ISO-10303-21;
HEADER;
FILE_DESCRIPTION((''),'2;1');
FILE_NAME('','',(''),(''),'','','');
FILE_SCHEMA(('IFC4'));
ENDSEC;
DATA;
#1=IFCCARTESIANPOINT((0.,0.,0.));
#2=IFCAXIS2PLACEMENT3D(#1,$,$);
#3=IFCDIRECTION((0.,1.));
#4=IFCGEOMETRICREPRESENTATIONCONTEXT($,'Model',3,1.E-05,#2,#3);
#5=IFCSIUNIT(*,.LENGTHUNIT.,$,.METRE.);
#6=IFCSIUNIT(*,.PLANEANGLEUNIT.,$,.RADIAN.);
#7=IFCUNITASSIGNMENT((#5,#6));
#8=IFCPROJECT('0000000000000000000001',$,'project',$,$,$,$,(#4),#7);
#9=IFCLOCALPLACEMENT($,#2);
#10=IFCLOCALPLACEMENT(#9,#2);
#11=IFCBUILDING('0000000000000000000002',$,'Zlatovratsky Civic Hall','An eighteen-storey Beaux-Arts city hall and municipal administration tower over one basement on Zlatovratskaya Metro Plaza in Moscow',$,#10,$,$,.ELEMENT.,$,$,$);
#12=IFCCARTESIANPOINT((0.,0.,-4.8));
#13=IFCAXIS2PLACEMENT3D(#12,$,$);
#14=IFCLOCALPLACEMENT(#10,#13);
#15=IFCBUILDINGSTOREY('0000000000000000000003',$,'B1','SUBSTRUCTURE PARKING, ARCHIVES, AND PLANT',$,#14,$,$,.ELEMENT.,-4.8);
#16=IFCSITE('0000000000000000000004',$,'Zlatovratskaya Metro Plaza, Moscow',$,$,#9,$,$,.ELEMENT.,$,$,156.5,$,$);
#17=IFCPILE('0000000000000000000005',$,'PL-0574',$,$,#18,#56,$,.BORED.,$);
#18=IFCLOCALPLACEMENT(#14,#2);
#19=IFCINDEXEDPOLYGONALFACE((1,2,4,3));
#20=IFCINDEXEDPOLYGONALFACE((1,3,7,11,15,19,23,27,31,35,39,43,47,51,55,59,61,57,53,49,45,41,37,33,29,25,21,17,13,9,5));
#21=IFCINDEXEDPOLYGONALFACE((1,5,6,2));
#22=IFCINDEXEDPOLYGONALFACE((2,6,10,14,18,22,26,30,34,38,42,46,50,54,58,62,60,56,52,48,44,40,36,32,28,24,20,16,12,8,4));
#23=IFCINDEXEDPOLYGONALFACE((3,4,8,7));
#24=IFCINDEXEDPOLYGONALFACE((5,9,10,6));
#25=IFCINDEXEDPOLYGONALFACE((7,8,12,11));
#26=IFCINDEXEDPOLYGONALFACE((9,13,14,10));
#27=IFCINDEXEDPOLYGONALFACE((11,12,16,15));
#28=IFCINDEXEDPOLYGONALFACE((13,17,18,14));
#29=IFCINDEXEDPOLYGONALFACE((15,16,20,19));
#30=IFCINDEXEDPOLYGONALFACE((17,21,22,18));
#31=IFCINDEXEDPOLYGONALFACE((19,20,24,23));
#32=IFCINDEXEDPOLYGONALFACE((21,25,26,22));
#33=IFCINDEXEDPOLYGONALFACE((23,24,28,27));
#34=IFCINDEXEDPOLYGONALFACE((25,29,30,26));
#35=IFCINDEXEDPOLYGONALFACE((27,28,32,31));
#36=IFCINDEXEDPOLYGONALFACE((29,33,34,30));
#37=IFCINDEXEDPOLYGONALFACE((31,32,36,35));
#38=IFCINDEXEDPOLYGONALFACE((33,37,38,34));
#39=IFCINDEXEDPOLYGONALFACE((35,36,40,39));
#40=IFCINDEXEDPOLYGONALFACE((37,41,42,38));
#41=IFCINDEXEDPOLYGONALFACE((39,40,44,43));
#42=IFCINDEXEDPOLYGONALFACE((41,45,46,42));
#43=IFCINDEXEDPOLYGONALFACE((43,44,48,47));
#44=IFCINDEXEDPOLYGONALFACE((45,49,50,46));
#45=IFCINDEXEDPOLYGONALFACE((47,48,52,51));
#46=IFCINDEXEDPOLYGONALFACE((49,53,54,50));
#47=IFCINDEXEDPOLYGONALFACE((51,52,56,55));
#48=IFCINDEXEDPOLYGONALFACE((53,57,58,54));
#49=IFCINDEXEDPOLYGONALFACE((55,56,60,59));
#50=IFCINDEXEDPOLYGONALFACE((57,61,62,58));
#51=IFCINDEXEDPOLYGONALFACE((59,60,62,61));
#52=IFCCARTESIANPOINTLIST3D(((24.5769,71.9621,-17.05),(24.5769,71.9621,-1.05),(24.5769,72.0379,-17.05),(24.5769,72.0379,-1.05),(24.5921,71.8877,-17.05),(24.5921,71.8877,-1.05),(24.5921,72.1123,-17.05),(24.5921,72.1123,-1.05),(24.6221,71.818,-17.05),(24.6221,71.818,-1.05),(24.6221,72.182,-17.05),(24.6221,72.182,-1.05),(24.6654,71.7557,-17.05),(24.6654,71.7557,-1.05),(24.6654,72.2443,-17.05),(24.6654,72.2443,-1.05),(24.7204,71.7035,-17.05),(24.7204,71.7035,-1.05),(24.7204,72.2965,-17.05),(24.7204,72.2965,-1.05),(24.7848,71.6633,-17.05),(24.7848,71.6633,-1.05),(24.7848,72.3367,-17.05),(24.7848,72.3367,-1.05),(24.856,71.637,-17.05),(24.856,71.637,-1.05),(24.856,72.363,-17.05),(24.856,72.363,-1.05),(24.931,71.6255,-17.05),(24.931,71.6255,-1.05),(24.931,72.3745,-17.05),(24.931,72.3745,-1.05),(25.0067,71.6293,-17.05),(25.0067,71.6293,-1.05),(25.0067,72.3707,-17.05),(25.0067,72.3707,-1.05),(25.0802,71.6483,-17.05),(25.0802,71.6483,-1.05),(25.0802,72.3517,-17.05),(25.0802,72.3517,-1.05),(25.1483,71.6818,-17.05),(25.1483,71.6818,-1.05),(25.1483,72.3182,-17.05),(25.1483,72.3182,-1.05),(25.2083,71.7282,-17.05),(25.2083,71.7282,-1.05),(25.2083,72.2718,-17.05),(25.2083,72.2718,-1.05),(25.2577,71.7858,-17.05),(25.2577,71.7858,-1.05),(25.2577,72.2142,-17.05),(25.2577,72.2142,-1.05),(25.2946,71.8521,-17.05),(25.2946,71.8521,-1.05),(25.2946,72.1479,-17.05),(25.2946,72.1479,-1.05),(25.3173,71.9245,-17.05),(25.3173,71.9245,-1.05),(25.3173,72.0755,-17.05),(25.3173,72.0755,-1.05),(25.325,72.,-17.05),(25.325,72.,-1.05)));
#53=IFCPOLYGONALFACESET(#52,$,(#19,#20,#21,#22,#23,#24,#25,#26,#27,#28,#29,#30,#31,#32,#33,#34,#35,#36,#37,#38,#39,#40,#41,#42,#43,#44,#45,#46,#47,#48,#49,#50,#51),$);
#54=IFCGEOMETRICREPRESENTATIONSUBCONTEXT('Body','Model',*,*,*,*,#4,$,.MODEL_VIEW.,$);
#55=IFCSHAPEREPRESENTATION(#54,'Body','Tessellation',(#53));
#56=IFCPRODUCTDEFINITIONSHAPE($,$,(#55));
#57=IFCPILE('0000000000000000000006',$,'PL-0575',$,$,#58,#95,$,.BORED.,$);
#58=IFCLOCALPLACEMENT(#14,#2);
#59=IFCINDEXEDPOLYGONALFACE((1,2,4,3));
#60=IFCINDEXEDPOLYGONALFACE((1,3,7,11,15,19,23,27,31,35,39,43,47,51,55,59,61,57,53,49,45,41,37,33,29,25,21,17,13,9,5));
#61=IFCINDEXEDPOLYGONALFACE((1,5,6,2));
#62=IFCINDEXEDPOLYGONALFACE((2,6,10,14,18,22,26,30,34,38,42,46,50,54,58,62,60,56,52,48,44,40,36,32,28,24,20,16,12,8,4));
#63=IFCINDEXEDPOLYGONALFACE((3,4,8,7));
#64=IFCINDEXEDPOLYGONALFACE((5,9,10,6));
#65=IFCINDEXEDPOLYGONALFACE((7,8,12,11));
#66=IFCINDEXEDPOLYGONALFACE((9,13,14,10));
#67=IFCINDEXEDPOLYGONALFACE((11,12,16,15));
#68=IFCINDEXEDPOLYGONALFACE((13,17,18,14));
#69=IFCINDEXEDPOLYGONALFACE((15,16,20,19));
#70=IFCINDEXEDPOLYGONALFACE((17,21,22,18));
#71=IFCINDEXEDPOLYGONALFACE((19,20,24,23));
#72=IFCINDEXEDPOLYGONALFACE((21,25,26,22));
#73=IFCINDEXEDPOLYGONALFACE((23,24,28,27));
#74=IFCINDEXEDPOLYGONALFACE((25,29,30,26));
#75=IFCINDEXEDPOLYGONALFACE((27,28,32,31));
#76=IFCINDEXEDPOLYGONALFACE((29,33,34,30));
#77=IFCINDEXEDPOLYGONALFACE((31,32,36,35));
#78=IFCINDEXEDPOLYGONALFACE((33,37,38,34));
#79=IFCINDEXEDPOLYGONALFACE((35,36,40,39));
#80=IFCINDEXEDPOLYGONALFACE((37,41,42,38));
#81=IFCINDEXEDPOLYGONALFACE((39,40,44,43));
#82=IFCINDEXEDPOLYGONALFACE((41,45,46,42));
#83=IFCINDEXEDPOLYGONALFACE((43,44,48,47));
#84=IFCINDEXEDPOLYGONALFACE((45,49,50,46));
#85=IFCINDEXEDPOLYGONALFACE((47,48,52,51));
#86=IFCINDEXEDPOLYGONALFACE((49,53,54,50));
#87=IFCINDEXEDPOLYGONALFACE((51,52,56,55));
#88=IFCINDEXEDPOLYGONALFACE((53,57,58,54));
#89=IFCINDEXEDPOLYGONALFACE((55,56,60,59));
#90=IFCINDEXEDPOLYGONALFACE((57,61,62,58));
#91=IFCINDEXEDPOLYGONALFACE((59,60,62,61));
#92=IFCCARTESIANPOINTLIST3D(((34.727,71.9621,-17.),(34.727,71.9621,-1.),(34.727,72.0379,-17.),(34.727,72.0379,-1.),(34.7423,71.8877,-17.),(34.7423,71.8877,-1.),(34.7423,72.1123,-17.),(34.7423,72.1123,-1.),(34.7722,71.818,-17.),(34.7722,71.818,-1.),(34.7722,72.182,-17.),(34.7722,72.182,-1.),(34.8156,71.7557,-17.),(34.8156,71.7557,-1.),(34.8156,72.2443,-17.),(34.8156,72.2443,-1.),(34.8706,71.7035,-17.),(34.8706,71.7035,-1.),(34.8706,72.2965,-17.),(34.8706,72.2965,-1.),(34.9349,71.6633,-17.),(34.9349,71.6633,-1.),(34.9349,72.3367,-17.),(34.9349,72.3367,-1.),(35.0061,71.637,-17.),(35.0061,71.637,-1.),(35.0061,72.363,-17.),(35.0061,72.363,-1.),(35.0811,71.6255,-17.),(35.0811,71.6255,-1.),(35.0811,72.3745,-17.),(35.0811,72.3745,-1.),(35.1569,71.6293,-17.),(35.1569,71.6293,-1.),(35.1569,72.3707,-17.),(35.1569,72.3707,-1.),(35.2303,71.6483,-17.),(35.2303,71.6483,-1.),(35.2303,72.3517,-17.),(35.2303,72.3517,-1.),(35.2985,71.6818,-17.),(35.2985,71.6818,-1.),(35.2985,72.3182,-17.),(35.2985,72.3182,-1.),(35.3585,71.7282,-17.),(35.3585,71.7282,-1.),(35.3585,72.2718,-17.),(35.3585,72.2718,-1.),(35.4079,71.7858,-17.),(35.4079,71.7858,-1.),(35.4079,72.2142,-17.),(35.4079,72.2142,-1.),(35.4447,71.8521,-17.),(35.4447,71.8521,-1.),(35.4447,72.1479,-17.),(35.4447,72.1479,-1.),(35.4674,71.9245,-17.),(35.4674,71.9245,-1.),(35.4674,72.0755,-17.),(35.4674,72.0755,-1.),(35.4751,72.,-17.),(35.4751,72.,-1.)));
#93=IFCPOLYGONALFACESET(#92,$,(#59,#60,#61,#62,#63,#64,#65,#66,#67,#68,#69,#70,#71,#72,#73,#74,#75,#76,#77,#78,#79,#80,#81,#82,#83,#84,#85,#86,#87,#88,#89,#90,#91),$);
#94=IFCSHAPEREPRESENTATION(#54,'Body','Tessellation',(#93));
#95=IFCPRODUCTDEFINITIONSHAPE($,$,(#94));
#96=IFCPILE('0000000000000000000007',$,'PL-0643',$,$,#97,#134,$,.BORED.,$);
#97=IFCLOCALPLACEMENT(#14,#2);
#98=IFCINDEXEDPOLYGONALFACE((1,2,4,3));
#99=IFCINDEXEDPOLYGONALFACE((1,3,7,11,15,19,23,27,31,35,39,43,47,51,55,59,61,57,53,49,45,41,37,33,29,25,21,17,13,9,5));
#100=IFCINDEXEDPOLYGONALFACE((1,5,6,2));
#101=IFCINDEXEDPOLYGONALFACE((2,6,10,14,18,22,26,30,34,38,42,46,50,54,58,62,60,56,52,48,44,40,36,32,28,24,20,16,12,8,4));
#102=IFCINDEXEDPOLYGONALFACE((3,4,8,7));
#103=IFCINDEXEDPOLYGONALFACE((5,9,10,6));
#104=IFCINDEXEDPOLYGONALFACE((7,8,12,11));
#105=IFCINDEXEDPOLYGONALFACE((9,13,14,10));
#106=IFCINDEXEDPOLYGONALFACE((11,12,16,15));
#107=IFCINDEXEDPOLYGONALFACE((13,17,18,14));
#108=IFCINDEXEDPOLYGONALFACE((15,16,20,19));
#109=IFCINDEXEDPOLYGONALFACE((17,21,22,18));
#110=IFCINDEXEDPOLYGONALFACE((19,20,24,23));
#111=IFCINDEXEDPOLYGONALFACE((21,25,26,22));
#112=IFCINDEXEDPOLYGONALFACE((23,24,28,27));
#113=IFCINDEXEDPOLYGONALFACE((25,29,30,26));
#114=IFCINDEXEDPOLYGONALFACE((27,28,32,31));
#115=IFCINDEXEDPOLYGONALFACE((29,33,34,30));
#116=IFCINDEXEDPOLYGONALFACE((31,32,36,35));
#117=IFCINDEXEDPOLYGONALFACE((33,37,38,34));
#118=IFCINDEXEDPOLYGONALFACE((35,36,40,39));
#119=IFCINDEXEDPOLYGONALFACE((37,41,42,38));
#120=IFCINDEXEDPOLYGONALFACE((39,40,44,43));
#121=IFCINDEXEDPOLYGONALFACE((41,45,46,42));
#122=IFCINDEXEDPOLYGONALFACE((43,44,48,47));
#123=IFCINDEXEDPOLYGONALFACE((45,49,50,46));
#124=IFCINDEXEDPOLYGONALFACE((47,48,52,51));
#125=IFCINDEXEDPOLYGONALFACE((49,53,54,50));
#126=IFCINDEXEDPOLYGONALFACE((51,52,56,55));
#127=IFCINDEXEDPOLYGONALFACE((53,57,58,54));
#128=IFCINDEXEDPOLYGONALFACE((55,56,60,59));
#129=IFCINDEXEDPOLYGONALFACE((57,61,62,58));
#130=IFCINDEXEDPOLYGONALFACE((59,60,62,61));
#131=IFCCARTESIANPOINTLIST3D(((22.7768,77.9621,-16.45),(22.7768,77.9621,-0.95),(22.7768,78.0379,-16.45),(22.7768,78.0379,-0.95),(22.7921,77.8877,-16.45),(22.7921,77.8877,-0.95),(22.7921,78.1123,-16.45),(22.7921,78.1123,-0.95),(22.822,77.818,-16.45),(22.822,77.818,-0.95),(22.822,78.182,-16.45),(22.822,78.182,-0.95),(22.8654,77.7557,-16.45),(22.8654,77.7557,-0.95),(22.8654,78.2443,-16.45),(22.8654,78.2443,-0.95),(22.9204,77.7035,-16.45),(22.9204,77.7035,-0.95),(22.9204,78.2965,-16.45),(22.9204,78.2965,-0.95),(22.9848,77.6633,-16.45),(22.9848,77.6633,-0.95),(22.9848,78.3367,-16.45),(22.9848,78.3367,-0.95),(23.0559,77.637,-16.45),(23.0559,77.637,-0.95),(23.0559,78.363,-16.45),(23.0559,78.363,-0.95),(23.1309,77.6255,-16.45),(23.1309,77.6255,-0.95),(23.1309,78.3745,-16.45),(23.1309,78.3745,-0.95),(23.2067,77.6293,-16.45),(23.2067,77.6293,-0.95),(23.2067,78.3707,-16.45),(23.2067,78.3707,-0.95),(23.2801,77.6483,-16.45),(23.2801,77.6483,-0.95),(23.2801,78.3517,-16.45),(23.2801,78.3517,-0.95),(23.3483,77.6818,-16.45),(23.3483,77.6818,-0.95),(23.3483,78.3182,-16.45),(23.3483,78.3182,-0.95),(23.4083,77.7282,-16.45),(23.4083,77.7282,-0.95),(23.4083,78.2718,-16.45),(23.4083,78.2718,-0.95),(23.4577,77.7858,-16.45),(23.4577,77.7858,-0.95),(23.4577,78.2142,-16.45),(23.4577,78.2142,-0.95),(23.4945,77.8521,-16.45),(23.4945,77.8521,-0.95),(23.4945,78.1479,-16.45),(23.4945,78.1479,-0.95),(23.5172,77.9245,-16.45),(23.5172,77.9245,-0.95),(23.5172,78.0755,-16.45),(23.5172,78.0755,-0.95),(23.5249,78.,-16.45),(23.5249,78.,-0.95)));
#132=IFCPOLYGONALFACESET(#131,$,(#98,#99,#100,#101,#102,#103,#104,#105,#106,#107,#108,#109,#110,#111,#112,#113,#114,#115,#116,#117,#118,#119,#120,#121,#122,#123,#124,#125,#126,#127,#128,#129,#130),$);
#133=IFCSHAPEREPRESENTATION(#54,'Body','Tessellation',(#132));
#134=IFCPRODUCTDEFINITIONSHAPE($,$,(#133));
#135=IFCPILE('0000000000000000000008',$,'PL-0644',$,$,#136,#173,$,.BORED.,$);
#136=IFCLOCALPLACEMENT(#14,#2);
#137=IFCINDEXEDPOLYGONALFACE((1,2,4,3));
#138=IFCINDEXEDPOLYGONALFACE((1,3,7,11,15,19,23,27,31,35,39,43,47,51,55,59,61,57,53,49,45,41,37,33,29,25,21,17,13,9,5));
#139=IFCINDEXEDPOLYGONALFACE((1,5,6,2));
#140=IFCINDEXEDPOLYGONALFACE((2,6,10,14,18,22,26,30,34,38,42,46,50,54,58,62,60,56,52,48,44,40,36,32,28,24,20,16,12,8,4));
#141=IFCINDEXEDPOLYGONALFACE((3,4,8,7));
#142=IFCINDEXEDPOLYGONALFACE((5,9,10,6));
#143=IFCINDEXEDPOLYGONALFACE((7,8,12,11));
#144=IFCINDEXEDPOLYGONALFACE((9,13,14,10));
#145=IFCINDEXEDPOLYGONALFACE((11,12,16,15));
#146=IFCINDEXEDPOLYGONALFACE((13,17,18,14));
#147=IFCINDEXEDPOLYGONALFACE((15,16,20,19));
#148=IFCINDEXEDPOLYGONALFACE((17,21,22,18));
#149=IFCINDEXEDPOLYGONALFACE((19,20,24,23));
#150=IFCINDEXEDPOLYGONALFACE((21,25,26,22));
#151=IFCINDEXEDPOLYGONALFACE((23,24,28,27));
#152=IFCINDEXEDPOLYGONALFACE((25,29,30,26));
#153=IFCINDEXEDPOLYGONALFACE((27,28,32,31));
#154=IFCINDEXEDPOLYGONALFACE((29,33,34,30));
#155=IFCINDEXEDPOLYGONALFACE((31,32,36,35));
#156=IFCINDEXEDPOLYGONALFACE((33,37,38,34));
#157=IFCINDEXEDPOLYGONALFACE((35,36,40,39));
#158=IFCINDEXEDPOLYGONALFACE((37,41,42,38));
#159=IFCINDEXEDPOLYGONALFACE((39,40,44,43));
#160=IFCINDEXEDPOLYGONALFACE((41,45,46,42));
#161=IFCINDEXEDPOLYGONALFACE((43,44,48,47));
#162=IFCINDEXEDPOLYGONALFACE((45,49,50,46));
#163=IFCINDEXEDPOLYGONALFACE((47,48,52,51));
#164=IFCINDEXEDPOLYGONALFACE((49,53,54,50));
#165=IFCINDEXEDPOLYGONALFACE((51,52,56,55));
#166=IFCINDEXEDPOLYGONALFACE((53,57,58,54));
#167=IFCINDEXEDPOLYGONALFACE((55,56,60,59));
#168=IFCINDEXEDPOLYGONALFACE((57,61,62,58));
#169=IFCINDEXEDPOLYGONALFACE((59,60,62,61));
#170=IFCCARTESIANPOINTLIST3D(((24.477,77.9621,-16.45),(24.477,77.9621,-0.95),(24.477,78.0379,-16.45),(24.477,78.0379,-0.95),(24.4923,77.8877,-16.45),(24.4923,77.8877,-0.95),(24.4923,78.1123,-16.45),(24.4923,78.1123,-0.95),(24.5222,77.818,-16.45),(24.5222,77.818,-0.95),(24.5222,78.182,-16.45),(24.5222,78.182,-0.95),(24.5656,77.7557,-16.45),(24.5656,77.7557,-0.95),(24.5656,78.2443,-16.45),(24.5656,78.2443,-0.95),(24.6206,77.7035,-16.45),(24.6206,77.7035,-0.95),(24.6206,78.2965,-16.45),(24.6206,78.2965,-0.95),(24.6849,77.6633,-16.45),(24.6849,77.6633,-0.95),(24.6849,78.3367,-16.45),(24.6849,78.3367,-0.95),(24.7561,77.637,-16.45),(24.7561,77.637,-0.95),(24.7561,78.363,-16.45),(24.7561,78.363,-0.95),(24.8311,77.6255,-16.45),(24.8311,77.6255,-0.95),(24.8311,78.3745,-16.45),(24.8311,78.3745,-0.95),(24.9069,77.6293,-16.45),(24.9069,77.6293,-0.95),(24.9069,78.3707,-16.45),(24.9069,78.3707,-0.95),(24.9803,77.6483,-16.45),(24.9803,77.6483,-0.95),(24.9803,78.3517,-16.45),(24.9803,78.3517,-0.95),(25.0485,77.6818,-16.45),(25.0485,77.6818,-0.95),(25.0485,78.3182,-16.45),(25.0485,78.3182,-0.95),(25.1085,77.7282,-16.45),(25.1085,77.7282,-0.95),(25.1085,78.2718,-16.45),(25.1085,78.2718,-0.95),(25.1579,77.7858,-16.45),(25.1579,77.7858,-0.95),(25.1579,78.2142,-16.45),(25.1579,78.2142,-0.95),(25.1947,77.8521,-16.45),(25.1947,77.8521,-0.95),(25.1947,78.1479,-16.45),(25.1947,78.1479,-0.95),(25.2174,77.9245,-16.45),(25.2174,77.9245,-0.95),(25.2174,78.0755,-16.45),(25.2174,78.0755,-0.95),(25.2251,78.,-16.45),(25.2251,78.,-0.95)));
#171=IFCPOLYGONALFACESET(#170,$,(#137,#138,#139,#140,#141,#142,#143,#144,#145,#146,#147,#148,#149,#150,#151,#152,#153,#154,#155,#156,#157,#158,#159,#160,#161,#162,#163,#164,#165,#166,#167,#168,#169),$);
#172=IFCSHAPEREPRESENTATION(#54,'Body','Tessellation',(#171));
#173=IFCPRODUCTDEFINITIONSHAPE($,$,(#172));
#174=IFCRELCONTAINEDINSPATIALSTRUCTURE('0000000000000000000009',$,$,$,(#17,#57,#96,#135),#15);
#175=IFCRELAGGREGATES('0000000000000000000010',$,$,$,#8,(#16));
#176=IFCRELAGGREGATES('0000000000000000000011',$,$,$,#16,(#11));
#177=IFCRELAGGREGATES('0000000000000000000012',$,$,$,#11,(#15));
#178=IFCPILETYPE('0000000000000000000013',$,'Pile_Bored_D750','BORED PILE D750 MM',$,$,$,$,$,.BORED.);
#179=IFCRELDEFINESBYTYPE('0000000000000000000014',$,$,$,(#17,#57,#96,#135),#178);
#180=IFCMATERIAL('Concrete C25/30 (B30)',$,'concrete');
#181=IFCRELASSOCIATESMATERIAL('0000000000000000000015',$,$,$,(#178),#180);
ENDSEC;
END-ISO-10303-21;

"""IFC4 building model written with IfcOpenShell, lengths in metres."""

from ifc_helpers import new_model, si_unit, direction, frame, origin, origin_2d, place, context, subcontext, project, spatial, circle, extrude, material, material_profile, profile_set, type_object, element, save


model = new_model("IFC4")

# Units and contexts
model_context = context("Model", 3, precision=1e-05, world=origin(), true_north=direction((0.0, 1.0)))
body_context = subcontext(model_context, "Body", "Model", "MODEL_VIEW")
ifc_project = project(units=[si_unit("LENGTHUNIT", "METRE"), si_unit("PLANEANGLEUNIT", "RADIAN")], contexts=[model_context])

# Site, building, storey
site_placement = place(None, origin())
site = spatial("IfcSite", under=ifc_project, at=site_placement, Name="Zlatovratskaya Metro Plaza, Moscow", CompositionType="ELEMENT", RefElevation=156.5)
building_placement = place(site_placement, origin())
building = spatial("IfcBuilding", under=site, at=building_placement, Name="Zlatovratsky Civic Hall", Description="An eighteen-storey Beaux-Arts city hall and municipal administration tower over one basement on Zlatovratskaya Metro Plaza in Moscow", CompositionType="ELEMENT")
storey_placement = place(building_placement, frame((0.0, 0.0, -4.8)))
storey = spatial("IfcBuildingStorey", under=building, at=storey_placement, Name="B1", Description="SUBSTRUCTURE PARKING, ARCHIVES, AND PLANT", CompositionType="ELEMENT", Elevation=-4.8)

# Shared definitions
ifc_material_1 = material(Name="Concrete C25/30 (B30)", Category="concrete")

# Piles
ifc_material_profile_1 = material_profile(ifc_material_1, circle(Radius=0.375, at=origin_2d()), Name="PILE D750")
ifc_profile_set_1 = profile_set([ifc_material_profile_1], Name="Concrete C25/30 (B30)")
pile_type_1 = type_object("IfcPileType", Name="Pile_Bored_D750", Description="BORED PILE D750 MM", PredefinedType="BORED", material=ifc_profile_set_1)
for number, where, z_axis, x_axis, name in (
    (1, (24.95, 72.0, -1.05), (0.0, 0.0, -1.0), (1.0, 0.0, 0.0), "PL-0574"),
    (2, (35.1001, 72.0, -1.0), (0.0, 0.0, -1.0), (1.0, 0.0, 0.0), "PL-0575"),
):
    element("IfcPile", number, at=place(storey_placement, frame(where, z_axis=z_axis, x_axis=x_axis)), inside=storey, type_object=pile_type_1, Name=name, PredefinedType="BORED", context=body_context, shape_type="SweptSolid", body=[
        extrude(circle(Radius=0.375, at=origin_2d()), origin(), (0.0, 0.0, 1.0), 16.0),
    ])
for number, where, z_axis, x_axis, name in (
    (3, (23.1499, 78.0, -0.95), (0.0, 0.0, -1.0), (1.0, 0.0, 0.0), "PL-0643"),
    (4, (24.8501, 78.0, -0.95), (0.0, 0.0, -1.0), (1.0, 0.0, 0.0), "PL-0644"),
):
    element("IfcPile", number, at=place(storey_placement, frame(where, z_axis=z_axis, x_axis=x_axis)), inside=storey, type_object=pile_type_1, Name=name, PredefinedType="BORED", context=body_context, shape_type="SweptSolid", body=[
        extrude(circle(Radius=0.375, at=origin_2d()), origin(), (0.0, 0.0, 1.0), 15.5),
    ])

save(model, "model.ifc")
